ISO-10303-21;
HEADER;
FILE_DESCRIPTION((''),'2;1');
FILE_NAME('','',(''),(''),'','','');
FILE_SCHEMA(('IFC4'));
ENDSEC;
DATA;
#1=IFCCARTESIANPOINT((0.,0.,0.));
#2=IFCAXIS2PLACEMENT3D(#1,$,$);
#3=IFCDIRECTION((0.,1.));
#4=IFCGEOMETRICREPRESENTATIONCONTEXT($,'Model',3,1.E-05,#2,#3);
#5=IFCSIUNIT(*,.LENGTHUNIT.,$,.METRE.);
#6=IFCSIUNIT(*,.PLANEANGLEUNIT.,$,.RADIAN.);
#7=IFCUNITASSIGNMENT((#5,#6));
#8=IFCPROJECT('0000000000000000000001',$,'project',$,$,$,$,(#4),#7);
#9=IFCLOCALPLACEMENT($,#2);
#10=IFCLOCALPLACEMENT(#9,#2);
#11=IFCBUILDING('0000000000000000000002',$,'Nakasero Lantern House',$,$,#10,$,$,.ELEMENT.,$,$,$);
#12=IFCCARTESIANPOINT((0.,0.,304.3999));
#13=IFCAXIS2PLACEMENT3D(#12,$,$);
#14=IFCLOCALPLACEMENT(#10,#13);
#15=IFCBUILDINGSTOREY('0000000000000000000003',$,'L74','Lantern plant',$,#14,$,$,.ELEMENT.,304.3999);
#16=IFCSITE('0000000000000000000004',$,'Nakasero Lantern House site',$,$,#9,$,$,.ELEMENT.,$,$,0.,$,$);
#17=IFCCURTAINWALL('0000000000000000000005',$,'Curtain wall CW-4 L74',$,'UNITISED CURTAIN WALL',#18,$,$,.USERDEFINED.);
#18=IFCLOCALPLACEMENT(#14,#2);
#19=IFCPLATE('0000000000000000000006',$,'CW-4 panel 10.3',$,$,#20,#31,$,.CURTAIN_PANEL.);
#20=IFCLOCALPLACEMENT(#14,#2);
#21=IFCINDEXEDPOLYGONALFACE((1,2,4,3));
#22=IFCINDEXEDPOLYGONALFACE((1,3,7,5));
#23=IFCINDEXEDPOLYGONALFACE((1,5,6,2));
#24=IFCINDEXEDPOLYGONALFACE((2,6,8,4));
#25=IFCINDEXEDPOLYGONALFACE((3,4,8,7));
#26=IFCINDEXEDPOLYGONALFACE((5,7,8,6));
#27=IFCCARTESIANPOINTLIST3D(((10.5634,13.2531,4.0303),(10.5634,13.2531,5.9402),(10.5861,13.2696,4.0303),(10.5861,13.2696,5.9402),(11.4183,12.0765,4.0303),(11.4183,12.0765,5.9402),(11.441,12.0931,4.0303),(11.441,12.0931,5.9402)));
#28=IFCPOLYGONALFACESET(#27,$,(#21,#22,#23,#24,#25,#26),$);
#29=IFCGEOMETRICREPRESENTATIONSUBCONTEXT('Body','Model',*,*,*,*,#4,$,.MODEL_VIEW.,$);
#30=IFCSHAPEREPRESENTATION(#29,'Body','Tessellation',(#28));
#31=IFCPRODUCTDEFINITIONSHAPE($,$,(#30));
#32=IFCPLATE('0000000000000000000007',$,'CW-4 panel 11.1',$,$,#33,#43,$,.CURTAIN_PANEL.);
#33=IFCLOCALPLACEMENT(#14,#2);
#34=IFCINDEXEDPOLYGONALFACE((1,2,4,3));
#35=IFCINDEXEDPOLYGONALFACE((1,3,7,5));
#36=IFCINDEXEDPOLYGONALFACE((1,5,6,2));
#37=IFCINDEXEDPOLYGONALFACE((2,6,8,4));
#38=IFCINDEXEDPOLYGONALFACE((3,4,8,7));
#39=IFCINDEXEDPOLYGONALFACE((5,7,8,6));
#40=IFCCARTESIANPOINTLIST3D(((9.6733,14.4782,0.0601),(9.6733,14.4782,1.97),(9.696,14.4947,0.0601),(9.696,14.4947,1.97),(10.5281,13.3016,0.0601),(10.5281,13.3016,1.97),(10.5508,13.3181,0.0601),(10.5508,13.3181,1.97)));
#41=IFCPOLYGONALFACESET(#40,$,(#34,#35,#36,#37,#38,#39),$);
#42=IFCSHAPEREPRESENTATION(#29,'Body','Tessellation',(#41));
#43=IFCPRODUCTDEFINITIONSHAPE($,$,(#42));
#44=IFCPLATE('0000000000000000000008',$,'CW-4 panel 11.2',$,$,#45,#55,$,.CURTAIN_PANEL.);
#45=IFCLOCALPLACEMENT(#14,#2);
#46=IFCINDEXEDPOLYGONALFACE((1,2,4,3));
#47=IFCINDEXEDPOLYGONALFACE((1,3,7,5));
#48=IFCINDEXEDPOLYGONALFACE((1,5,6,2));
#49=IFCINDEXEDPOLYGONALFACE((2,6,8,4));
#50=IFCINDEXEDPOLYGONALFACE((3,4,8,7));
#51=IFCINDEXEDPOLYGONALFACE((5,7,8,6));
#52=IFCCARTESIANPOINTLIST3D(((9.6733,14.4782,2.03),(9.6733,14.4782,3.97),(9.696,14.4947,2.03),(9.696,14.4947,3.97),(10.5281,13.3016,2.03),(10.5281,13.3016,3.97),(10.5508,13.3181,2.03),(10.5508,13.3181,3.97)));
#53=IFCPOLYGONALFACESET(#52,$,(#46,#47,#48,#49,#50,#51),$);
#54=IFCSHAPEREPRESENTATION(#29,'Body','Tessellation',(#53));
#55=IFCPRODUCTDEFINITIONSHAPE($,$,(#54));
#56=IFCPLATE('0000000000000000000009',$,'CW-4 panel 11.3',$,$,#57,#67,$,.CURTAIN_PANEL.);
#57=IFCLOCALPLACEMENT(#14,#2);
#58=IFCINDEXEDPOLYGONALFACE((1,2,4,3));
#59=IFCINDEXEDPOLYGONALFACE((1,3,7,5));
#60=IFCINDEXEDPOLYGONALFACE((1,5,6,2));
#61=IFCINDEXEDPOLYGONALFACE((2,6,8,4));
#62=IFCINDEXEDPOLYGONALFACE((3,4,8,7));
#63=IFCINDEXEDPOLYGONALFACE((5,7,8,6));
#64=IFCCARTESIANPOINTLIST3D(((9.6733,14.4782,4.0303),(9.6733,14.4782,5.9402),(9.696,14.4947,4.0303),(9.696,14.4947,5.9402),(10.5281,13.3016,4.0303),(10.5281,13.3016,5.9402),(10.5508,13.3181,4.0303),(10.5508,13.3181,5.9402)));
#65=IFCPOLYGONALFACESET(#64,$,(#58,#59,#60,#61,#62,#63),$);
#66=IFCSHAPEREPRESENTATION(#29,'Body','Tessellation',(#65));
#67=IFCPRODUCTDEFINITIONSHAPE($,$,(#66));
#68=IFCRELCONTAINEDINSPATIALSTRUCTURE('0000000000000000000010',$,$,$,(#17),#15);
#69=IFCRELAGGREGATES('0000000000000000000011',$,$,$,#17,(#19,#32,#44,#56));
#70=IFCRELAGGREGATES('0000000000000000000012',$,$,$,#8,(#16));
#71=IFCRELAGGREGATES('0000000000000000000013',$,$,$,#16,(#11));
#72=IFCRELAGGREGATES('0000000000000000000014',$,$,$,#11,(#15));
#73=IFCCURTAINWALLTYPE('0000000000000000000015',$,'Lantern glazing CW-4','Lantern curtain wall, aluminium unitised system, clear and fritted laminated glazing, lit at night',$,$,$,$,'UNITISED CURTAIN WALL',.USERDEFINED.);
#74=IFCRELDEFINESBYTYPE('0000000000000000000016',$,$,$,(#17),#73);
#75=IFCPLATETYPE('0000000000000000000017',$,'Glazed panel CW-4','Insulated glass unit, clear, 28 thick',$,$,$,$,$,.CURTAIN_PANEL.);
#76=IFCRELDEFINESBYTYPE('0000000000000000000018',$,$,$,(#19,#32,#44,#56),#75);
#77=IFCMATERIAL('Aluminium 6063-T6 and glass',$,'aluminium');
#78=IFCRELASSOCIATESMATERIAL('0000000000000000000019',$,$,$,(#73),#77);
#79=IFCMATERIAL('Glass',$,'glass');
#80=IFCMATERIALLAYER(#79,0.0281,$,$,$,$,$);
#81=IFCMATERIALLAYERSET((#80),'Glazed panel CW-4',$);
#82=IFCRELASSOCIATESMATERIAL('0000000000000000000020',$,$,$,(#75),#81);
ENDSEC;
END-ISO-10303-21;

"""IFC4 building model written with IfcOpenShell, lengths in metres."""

from ifc_helpers import new_model, si_unit, direction, frame, origin, origin_2d, place, context, subcontext, project, spatial, rectangle, extrude, material, layer, layer_set, type_object, element, aggregate, save


model = new_model("IFC4")

# Units and contexts
model_context = context("Model", 3, precision=1e-05, world=origin(), true_north=direction((0.0, 1.0)))
body_context = subcontext(model_context, "Body", "Model", "MODEL_VIEW")
ifc_project = project(units=[si_unit("LENGTHUNIT", "METRE"), si_unit("PLANEANGLEUNIT", "RADIAN")], contexts=[model_context])

# Site, building, storey
site_placement = place(None, origin())
site = spatial("IfcSite", under=ifc_project, at=site_placement, Name="Nakasero Lantern House site", CompositionType="ELEMENT", RefElevation=0.0)
building_placement = place(site_placement, origin())
building = spatial("IfcBuilding", under=site, at=building_placement, Name="Nakasero Lantern House", CompositionType="ELEMENT")
storey_placement = place(building_placement, frame((0.0, 0.0, 304.3999)))
storey = spatial("IfcBuildingStorey", under=building, at=storey_placement, Name="L74", Description="Lantern plant", CompositionType="ELEMENT", Elevation=304.3999)

# Curtain wall
ifc_material_1 = material(Name="Aluminium 6063-T6 and glass", Category="aluminium")
curtain_wall_type = type_object("IfcCurtainWallType", Name="Lantern glazing CW-4", Description="Lantern curtain wall, aluminium unitised system, clear and fritted laminated glazing, lit at night", ElementType="UNITISED CURTAIN WALL", PredefinedType="USERDEFINED", material=ifc_material_1)
curtain_wall_placement = place(storey_placement, origin())
curtain_wall = element("IfcCurtainWall", 1, at=curtain_wall_placement, inside=storey, type_object=curtain_wall_type, Name="Curtain wall CW-4 L74", ObjectType="UNITISED CURTAIN WALL", PredefinedType="USERDEFINED")

# Plates
ifc_material_2 = material(Name="Glass", Category="glass")
ifc_layer = layer(ifc_material_2, 0.0281)
ifc_layer_set = layer_set([ifc_layer], Name="Glazed panel CW-4")
plate_type = type_object("IfcPlateType", Name="Glazed panel CW-4", Description="Insulated glass unit, clear, 28 thick", PredefinedType="CURTAIN_PANEL", material=ifc_layer_set)
plate_1_placement = place(storey_placement, frame((11.0022, 12.6731, 4.0303), z_axis=(0.0, 0.0, 1.0), x_axis=(-0.587785, 0.809017, 0.0)))
plate_1 = element("IfcPlate", 2, at=plate_1_placement, type_object=plate_type, Name="CW-4 panel 10.3", PredefinedType="CURTAIN_PANEL", context=body_context, shape_type="SweptSolid", body=[
    extrude(rectangle(XDim=1.4543, YDim=0.0281, at=origin_2d()), origin(), (0.0, 0.0, 1.0), 1.9099),
])
plate_2_placement = place(storey_placement, frame((10.1121, 13.8982, 0.0601), z_axis=(0.0, 0.0, 1.0), x_axis=(-0.587785, 0.809017, 0.0)))
plate_2 = element("IfcPlate", 3, at=plate_2_placement, type_object=plate_type, Name="CW-4 panel 11.1", PredefinedType="CURTAIN_PANEL", context=body_context, shape_type="SweptSolid", body=[
    extrude(rectangle(XDim=1.4543, YDim=0.0281, at=origin_2d()), origin(), (0.0, 0.0, 1.0), 1.9099),
])
plate_3_placement = place(storey_placement, frame((10.1121, 13.8982, 2.03), z_axis=(0.0, 0.0, 1.0), x_axis=(-0.587785, 0.809017, 0.0)))
plate_3 = element("IfcPlate", 4, at=plate_3_placement, type_object=plate_type, Name="CW-4 panel 11.2", PredefinedType="CURTAIN_PANEL", context=body_context, shape_type="SweptSolid", body=[
    extrude(rectangle(XDim=1.4543, YDim=0.0281, at=origin_2d()), origin(), (0.0, 0.0, 1.0), 1.9399),
])
plate_4_placement = place(storey_placement, frame((10.1121, 13.8982, 4.0303), z_axis=(0.0, 0.0, 1.0), x_axis=(-0.587785, 0.809017, 0.0)))
plate_4 = element("IfcPlate", 5, at=plate_4_placement, type_object=plate_type, Name="CW-4 panel 11.3", PredefinedType="CURTAIN_PANEL", context=body_context, shape_type="SweptSolid", body=[
    extrude(rectangle(XDim=1.4543, YDim=0.0281, at=origin_2d()), origin(), (0.0, 0.0, 1.0), 1.9099),
])
aggregate(curtain_wall, [plate_1, plate_2, plate_3, plate_4])

save(model, "model.ifc")
